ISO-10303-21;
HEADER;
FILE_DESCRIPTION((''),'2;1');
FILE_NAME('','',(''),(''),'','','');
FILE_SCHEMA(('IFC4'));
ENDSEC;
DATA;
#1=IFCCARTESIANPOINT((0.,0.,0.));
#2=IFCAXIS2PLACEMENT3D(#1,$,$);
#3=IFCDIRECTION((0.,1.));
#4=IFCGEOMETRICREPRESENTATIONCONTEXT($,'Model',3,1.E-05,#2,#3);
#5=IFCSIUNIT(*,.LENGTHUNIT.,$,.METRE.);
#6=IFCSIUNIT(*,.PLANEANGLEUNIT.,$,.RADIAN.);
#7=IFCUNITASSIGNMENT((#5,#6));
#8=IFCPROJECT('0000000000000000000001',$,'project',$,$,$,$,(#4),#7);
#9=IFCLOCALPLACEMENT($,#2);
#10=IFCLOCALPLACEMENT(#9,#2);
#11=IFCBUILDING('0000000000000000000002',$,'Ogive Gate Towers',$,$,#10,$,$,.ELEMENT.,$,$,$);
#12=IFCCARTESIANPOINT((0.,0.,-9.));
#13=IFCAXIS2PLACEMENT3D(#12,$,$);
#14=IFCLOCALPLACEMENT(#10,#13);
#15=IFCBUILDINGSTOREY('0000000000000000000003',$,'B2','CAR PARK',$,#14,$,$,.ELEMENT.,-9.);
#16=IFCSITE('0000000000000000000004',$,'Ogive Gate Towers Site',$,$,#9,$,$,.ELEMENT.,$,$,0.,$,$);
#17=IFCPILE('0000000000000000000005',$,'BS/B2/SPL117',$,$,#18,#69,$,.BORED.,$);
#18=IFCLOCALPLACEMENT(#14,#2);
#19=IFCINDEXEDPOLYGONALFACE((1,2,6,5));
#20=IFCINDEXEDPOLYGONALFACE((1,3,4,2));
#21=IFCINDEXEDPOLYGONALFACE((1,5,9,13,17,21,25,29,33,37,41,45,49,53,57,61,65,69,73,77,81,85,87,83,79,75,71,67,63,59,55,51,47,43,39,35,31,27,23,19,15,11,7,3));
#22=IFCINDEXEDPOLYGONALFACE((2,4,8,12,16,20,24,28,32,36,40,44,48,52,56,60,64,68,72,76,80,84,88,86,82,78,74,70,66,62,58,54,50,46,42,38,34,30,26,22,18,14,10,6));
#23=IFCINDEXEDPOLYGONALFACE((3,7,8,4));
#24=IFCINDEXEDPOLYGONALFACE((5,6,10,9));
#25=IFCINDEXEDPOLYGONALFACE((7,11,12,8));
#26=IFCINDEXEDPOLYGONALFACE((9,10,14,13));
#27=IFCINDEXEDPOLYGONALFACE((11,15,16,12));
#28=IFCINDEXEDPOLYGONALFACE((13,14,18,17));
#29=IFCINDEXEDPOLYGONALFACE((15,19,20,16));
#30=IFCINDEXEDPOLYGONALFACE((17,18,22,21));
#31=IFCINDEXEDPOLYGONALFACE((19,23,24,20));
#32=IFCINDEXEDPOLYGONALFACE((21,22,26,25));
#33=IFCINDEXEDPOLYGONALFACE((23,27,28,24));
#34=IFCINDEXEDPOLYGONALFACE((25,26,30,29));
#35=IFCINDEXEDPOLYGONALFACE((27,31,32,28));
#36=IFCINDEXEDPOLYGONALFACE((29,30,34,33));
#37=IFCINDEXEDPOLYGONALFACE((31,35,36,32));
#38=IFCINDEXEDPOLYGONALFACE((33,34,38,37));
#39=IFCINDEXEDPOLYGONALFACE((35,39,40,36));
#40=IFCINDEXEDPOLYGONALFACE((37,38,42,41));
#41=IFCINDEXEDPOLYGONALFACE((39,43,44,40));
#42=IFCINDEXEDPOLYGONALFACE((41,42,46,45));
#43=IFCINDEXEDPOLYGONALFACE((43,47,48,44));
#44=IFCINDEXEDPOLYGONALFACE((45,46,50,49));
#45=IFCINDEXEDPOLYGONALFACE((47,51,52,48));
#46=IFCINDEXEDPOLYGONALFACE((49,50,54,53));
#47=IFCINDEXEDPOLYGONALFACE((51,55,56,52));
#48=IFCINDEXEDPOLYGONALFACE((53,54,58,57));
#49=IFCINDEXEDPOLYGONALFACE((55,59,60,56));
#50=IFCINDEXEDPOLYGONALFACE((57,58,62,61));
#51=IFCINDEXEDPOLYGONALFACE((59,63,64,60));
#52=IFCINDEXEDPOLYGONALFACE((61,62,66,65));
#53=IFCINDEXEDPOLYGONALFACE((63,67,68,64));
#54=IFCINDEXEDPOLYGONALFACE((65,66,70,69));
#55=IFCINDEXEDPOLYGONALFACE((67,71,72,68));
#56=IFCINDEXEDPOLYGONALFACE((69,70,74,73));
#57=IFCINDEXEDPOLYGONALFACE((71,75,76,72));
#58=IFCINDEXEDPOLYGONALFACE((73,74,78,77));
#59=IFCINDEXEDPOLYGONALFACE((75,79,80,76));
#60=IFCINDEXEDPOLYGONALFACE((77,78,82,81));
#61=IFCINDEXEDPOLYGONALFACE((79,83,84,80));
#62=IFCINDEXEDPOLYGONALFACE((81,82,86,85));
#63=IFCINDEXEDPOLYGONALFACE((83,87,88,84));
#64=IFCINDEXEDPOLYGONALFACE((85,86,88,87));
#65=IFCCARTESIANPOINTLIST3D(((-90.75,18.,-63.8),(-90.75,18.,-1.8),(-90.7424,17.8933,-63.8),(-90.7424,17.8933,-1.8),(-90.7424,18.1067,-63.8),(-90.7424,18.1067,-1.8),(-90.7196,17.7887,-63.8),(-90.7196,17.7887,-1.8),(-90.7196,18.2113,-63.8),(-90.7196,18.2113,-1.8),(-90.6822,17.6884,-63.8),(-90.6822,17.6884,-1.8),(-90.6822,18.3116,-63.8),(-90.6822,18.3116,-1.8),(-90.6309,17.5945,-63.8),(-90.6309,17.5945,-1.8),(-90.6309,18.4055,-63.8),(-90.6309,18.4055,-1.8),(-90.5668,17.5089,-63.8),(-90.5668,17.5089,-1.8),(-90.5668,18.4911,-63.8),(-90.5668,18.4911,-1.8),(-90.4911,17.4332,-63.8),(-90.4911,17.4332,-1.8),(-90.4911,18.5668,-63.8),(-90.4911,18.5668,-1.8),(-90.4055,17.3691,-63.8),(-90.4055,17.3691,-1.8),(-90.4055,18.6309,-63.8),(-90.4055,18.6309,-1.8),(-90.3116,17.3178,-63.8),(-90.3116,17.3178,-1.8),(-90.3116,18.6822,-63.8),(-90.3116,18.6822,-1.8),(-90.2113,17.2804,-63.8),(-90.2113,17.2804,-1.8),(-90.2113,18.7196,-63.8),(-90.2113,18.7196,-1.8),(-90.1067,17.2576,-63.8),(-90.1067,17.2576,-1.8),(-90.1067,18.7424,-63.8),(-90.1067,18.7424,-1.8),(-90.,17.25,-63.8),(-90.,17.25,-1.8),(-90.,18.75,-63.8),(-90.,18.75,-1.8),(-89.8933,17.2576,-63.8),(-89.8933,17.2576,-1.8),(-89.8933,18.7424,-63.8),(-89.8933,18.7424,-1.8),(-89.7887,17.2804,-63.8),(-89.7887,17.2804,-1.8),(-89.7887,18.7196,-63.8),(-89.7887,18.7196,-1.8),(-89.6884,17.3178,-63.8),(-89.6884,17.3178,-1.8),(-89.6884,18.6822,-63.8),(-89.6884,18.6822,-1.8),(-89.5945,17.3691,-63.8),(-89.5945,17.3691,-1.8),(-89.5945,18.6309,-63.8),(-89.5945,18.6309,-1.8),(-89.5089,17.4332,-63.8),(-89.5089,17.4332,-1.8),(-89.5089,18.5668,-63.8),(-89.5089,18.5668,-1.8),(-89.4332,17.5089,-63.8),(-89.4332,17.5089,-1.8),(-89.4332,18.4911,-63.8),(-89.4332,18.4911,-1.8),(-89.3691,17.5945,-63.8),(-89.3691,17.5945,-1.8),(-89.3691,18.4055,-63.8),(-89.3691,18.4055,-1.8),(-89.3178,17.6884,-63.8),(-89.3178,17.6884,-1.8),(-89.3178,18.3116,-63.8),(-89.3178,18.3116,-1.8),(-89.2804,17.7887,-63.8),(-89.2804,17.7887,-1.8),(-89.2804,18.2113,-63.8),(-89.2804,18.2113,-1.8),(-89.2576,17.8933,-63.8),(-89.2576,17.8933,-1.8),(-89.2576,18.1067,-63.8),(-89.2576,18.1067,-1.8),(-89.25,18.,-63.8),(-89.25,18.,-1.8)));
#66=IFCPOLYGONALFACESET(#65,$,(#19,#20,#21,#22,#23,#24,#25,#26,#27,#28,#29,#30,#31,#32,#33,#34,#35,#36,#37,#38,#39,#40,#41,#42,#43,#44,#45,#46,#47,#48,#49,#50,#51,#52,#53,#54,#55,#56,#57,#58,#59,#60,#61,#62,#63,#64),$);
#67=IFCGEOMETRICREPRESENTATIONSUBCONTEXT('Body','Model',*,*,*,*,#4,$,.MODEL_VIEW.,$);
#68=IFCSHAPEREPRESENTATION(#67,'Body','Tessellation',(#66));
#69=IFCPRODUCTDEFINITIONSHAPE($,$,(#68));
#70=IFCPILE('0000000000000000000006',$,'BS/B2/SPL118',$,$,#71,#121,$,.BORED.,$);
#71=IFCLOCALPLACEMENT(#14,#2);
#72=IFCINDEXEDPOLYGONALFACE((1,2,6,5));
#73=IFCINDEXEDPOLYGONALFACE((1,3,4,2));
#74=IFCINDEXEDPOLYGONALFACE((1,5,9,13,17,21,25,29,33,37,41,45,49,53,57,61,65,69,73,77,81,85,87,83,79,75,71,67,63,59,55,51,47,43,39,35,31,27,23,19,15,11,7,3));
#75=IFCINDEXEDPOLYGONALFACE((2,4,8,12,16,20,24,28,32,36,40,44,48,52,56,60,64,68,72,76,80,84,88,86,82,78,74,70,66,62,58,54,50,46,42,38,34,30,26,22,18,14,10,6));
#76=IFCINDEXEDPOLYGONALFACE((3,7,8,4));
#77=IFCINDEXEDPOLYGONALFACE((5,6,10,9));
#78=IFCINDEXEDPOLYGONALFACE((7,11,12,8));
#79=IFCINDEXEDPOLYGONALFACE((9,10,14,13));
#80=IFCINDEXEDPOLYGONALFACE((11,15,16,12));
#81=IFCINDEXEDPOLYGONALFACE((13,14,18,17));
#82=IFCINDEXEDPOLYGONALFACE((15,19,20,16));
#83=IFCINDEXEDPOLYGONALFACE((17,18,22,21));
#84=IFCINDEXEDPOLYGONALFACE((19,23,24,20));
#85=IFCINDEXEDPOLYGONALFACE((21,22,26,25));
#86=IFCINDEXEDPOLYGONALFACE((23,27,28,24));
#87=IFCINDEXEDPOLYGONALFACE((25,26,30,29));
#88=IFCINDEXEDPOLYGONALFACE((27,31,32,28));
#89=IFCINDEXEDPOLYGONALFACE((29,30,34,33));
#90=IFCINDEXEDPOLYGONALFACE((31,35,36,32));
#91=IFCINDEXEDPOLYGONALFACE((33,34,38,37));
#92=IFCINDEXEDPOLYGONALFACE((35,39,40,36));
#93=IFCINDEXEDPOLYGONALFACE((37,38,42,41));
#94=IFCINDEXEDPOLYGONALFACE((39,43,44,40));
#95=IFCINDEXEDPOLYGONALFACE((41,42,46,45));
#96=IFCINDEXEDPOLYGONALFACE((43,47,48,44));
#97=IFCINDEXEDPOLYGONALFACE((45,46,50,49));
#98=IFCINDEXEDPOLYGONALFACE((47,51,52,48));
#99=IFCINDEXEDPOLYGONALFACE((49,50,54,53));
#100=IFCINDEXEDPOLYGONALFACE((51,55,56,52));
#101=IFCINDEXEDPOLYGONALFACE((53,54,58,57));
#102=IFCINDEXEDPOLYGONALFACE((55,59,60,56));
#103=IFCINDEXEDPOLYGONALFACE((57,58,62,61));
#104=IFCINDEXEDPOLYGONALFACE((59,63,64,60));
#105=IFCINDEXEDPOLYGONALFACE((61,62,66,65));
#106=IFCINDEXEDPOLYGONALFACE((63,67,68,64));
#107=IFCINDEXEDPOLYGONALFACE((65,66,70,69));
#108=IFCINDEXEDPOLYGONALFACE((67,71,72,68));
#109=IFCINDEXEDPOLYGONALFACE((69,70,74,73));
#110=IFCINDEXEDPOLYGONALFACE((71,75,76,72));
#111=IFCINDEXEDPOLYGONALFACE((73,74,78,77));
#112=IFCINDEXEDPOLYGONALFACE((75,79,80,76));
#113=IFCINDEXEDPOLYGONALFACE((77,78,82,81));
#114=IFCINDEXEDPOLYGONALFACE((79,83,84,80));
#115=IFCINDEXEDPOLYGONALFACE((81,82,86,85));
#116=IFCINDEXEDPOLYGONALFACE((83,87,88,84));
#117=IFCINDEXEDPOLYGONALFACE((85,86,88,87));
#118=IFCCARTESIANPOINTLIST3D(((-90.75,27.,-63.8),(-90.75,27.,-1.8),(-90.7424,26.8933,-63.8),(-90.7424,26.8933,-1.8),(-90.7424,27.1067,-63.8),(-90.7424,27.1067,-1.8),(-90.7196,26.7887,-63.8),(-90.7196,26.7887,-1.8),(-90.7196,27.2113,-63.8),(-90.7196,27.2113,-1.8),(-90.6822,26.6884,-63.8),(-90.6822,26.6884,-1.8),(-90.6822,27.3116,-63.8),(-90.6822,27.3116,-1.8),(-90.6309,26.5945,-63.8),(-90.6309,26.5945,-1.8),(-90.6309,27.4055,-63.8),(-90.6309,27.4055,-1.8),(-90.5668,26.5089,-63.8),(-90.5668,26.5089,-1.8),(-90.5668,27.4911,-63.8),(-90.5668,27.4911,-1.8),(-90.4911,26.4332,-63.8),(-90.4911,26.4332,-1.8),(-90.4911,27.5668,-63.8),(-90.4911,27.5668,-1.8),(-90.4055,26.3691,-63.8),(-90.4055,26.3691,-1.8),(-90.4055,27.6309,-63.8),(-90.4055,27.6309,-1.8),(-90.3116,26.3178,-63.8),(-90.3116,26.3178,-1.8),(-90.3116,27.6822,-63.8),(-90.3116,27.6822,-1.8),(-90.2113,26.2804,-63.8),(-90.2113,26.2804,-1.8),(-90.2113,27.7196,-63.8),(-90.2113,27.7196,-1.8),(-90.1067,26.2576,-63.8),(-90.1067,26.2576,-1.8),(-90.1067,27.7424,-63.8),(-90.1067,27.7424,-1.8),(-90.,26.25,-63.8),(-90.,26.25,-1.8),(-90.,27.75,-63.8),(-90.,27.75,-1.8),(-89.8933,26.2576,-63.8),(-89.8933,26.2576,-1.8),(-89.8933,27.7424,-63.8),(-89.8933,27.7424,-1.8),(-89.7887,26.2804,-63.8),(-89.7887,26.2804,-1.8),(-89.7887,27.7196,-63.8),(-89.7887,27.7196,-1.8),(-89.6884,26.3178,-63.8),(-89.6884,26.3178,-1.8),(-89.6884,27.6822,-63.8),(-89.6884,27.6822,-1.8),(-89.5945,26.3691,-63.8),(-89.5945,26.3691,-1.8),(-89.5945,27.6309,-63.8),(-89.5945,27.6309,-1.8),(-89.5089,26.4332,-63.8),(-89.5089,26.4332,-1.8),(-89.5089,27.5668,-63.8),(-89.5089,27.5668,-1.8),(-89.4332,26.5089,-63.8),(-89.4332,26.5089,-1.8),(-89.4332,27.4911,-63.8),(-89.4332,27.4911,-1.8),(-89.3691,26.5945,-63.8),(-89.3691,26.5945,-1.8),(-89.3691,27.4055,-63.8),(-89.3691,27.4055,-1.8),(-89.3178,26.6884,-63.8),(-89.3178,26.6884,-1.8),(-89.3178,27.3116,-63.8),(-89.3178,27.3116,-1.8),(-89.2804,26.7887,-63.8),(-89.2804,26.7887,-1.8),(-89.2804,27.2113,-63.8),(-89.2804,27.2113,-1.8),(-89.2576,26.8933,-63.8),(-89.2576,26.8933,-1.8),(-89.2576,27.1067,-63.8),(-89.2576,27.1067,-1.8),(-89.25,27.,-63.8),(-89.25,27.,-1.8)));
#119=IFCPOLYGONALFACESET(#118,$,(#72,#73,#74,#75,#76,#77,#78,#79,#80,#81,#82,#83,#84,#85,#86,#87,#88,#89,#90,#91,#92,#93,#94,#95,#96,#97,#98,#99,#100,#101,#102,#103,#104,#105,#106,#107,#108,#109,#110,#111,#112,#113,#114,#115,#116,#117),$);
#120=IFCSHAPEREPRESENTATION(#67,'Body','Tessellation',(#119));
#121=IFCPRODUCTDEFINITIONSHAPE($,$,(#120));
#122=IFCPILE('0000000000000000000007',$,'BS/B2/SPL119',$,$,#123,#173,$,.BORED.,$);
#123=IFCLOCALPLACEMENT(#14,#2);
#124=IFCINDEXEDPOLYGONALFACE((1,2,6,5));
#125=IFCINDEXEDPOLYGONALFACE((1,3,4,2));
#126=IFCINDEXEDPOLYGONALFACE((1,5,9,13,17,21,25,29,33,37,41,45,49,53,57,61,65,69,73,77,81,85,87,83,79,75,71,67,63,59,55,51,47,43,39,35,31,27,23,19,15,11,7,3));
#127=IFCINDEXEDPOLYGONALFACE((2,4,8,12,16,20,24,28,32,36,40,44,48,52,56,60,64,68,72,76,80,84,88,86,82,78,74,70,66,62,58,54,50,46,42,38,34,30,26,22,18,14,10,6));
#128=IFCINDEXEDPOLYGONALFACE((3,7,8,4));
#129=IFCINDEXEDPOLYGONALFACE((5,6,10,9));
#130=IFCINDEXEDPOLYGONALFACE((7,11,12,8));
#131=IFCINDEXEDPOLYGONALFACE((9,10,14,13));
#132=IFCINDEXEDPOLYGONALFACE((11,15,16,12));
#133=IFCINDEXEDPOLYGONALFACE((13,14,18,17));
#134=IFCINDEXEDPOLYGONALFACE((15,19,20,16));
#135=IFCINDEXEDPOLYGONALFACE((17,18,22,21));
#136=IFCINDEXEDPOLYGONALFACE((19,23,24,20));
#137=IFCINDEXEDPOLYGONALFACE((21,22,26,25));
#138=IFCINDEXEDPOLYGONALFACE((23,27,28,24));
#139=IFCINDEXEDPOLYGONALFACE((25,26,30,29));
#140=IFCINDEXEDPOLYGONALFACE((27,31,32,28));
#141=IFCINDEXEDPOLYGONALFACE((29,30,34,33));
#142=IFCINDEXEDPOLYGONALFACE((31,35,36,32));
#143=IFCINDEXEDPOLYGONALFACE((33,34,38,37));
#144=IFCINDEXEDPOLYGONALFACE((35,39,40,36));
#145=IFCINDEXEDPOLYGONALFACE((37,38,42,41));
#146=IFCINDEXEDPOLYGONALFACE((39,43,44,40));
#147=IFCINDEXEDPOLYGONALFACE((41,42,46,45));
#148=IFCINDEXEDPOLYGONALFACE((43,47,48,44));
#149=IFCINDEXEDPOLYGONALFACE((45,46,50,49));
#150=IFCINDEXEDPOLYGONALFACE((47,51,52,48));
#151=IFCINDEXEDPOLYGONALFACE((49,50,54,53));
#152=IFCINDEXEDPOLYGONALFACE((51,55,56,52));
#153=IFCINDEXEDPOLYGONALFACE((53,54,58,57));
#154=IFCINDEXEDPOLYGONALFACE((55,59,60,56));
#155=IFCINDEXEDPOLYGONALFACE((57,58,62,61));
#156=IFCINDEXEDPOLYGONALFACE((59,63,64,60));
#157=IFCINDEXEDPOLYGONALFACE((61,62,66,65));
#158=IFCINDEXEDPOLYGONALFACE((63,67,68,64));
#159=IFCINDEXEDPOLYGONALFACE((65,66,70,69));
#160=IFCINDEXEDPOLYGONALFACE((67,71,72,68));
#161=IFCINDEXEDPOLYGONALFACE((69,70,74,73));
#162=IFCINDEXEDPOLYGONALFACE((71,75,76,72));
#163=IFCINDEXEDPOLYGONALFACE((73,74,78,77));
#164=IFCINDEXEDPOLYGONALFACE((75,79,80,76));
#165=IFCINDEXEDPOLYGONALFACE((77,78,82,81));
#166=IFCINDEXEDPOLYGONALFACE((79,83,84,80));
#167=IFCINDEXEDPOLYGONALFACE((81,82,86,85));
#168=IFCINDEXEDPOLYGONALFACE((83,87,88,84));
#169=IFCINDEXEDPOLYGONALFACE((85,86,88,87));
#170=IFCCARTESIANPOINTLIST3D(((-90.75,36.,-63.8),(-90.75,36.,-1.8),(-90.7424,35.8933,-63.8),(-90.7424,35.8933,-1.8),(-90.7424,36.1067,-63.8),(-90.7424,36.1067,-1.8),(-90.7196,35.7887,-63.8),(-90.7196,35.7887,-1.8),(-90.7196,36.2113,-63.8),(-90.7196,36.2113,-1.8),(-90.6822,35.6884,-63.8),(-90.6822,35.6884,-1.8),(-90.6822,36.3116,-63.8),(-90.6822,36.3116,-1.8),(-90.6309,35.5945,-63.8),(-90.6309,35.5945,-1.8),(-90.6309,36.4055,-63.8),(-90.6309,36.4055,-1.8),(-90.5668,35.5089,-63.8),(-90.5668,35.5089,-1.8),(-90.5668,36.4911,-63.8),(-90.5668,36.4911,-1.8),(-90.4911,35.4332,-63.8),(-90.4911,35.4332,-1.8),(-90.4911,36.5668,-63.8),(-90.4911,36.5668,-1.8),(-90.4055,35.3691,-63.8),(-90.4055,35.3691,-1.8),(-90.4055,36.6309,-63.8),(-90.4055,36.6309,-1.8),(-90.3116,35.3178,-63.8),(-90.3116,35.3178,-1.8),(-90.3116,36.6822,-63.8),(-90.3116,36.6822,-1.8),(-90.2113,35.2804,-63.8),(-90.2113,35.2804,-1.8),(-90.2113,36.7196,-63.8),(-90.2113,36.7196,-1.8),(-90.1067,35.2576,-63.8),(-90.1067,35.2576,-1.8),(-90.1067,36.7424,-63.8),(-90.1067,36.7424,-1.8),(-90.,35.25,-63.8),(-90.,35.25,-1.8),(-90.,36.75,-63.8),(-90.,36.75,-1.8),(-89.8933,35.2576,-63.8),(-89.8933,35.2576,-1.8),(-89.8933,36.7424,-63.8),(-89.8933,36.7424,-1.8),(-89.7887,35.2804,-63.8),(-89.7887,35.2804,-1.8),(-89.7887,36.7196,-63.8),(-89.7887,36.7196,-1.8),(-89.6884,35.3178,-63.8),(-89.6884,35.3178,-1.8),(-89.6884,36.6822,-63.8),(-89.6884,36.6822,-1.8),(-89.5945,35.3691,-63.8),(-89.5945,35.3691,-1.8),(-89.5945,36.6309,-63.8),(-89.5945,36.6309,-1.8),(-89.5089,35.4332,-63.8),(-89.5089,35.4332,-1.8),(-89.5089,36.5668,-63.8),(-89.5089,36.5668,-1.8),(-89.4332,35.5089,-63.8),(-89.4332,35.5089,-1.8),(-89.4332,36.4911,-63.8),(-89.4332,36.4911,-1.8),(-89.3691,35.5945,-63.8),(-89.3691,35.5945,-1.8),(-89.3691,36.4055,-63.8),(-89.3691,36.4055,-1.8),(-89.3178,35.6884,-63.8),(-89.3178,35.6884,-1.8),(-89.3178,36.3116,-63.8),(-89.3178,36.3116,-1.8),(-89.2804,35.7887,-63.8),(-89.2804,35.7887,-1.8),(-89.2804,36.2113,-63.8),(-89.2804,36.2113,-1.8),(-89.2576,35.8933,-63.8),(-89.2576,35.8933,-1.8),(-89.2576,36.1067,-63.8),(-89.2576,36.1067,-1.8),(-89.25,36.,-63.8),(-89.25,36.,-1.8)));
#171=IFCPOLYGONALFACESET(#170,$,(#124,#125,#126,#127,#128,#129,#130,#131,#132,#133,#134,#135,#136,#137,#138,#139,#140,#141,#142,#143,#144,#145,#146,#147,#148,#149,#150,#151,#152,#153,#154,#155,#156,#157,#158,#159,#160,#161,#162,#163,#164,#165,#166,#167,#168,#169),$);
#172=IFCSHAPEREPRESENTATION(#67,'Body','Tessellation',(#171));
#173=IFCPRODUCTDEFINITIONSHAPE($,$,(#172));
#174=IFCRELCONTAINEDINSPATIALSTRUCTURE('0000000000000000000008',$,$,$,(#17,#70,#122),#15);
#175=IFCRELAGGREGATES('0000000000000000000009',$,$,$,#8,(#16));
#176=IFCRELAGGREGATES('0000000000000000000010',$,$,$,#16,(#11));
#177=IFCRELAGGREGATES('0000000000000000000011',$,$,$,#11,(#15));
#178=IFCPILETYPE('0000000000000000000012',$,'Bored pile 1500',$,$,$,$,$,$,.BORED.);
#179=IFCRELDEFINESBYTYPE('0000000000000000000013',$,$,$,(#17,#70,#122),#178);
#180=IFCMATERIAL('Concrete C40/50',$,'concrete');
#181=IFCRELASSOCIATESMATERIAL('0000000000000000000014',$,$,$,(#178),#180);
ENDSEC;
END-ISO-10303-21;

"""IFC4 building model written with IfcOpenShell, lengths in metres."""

from ifc_helpers import new_model, si_unit, direction, frame, origin, origin_2d, place, context, subcontext, project, spatial, circle, extrude, material, material_profile, profile_set, type_object, element, save


model = new_model("IFC4")

# Units and contexts
model_context = context("Model", 3, precision=1e-05, world=origin(), true_north=direction((0.0, 1.0)))
body_context = subcontext(model_context, "Body", "Model", "MODEL_VIEW")
ifc_project = project(units=[si_unit("LENGTHUNIT", "METRE"), si_unit("PLANEANGLEUNIT", "RADIAN")], contexts=[model_context])

# Site, building, storey
site_placement = place(None, origin())
site = spatial("IfcSite", under=ifc_project, at=site_placement, Name="Ogive Gate Towers Site", CompositionType="ELEMENT", RefElevation=0.0)
building_placement = place(site_placement, origin())
building = spatial("IfcBuilding", under=site, at=building_placement, Name="Ogive Gate Towers", CompositionType="ELEMENT")
storey_placement = place(building_placement, frame((0.0, 0.0, -9.0)))
storey = spatial("IfcBuildingStorey", under=building, at=storey_placement, Name="B2", Description="CAR PARK", CompositionType="ELEMENT", Elevation=-9.0)

# Piles
ifc_material_1 = material(Name="Concrete C40/50", Category="concrete")
ifc_material_profile_1 = material_profile(ifc_material_1, circle(Radius=0.75, at=origin_2d()), Name="BP 1500")
ifc_profile_set_1 = profile_set([ifc_material_profile_1], Name="Concrete C40/50")
pile_type = type_object("IfcPileType", Name="Bored pile 1500", PredefinedType="BORED", material=ifc_profile_set_1)
for number, where, z_axis, x_axis, name in (
    (1, (-90.0, 18.0, -1.8), (0.0, 0.0, -1.0), (1.0, 0.0, 0.0), "BS/B2/SPL117"),
    (2, (-90.0, 27.0, -1.8), (0.0, 0.0, -1.0), (1.0, 0.0, 0.0), "BS/B2/SPL118"),
    (3, (-90.0, 36.0, -1.8), (0.0, 0.0, -1.0), (1.0, 0.0, 0.0), "BS/B2/SPL119"),
):
    element("IfcPile", number, at=place(storey_placement, frame(where, z_axis=z_axis, x_axis=x_axis)), inside=storey, type_object=pile_type, Name=name, PredefinedType="BORED", context=body_context, shape_type="SweptSolid", body=[
        extrude(circle(Radius=0.75, at=origin_2d()), origin(), (0.0, 0.0, 1.0), 62.0),
    ])

save(model, "model.ifc")
